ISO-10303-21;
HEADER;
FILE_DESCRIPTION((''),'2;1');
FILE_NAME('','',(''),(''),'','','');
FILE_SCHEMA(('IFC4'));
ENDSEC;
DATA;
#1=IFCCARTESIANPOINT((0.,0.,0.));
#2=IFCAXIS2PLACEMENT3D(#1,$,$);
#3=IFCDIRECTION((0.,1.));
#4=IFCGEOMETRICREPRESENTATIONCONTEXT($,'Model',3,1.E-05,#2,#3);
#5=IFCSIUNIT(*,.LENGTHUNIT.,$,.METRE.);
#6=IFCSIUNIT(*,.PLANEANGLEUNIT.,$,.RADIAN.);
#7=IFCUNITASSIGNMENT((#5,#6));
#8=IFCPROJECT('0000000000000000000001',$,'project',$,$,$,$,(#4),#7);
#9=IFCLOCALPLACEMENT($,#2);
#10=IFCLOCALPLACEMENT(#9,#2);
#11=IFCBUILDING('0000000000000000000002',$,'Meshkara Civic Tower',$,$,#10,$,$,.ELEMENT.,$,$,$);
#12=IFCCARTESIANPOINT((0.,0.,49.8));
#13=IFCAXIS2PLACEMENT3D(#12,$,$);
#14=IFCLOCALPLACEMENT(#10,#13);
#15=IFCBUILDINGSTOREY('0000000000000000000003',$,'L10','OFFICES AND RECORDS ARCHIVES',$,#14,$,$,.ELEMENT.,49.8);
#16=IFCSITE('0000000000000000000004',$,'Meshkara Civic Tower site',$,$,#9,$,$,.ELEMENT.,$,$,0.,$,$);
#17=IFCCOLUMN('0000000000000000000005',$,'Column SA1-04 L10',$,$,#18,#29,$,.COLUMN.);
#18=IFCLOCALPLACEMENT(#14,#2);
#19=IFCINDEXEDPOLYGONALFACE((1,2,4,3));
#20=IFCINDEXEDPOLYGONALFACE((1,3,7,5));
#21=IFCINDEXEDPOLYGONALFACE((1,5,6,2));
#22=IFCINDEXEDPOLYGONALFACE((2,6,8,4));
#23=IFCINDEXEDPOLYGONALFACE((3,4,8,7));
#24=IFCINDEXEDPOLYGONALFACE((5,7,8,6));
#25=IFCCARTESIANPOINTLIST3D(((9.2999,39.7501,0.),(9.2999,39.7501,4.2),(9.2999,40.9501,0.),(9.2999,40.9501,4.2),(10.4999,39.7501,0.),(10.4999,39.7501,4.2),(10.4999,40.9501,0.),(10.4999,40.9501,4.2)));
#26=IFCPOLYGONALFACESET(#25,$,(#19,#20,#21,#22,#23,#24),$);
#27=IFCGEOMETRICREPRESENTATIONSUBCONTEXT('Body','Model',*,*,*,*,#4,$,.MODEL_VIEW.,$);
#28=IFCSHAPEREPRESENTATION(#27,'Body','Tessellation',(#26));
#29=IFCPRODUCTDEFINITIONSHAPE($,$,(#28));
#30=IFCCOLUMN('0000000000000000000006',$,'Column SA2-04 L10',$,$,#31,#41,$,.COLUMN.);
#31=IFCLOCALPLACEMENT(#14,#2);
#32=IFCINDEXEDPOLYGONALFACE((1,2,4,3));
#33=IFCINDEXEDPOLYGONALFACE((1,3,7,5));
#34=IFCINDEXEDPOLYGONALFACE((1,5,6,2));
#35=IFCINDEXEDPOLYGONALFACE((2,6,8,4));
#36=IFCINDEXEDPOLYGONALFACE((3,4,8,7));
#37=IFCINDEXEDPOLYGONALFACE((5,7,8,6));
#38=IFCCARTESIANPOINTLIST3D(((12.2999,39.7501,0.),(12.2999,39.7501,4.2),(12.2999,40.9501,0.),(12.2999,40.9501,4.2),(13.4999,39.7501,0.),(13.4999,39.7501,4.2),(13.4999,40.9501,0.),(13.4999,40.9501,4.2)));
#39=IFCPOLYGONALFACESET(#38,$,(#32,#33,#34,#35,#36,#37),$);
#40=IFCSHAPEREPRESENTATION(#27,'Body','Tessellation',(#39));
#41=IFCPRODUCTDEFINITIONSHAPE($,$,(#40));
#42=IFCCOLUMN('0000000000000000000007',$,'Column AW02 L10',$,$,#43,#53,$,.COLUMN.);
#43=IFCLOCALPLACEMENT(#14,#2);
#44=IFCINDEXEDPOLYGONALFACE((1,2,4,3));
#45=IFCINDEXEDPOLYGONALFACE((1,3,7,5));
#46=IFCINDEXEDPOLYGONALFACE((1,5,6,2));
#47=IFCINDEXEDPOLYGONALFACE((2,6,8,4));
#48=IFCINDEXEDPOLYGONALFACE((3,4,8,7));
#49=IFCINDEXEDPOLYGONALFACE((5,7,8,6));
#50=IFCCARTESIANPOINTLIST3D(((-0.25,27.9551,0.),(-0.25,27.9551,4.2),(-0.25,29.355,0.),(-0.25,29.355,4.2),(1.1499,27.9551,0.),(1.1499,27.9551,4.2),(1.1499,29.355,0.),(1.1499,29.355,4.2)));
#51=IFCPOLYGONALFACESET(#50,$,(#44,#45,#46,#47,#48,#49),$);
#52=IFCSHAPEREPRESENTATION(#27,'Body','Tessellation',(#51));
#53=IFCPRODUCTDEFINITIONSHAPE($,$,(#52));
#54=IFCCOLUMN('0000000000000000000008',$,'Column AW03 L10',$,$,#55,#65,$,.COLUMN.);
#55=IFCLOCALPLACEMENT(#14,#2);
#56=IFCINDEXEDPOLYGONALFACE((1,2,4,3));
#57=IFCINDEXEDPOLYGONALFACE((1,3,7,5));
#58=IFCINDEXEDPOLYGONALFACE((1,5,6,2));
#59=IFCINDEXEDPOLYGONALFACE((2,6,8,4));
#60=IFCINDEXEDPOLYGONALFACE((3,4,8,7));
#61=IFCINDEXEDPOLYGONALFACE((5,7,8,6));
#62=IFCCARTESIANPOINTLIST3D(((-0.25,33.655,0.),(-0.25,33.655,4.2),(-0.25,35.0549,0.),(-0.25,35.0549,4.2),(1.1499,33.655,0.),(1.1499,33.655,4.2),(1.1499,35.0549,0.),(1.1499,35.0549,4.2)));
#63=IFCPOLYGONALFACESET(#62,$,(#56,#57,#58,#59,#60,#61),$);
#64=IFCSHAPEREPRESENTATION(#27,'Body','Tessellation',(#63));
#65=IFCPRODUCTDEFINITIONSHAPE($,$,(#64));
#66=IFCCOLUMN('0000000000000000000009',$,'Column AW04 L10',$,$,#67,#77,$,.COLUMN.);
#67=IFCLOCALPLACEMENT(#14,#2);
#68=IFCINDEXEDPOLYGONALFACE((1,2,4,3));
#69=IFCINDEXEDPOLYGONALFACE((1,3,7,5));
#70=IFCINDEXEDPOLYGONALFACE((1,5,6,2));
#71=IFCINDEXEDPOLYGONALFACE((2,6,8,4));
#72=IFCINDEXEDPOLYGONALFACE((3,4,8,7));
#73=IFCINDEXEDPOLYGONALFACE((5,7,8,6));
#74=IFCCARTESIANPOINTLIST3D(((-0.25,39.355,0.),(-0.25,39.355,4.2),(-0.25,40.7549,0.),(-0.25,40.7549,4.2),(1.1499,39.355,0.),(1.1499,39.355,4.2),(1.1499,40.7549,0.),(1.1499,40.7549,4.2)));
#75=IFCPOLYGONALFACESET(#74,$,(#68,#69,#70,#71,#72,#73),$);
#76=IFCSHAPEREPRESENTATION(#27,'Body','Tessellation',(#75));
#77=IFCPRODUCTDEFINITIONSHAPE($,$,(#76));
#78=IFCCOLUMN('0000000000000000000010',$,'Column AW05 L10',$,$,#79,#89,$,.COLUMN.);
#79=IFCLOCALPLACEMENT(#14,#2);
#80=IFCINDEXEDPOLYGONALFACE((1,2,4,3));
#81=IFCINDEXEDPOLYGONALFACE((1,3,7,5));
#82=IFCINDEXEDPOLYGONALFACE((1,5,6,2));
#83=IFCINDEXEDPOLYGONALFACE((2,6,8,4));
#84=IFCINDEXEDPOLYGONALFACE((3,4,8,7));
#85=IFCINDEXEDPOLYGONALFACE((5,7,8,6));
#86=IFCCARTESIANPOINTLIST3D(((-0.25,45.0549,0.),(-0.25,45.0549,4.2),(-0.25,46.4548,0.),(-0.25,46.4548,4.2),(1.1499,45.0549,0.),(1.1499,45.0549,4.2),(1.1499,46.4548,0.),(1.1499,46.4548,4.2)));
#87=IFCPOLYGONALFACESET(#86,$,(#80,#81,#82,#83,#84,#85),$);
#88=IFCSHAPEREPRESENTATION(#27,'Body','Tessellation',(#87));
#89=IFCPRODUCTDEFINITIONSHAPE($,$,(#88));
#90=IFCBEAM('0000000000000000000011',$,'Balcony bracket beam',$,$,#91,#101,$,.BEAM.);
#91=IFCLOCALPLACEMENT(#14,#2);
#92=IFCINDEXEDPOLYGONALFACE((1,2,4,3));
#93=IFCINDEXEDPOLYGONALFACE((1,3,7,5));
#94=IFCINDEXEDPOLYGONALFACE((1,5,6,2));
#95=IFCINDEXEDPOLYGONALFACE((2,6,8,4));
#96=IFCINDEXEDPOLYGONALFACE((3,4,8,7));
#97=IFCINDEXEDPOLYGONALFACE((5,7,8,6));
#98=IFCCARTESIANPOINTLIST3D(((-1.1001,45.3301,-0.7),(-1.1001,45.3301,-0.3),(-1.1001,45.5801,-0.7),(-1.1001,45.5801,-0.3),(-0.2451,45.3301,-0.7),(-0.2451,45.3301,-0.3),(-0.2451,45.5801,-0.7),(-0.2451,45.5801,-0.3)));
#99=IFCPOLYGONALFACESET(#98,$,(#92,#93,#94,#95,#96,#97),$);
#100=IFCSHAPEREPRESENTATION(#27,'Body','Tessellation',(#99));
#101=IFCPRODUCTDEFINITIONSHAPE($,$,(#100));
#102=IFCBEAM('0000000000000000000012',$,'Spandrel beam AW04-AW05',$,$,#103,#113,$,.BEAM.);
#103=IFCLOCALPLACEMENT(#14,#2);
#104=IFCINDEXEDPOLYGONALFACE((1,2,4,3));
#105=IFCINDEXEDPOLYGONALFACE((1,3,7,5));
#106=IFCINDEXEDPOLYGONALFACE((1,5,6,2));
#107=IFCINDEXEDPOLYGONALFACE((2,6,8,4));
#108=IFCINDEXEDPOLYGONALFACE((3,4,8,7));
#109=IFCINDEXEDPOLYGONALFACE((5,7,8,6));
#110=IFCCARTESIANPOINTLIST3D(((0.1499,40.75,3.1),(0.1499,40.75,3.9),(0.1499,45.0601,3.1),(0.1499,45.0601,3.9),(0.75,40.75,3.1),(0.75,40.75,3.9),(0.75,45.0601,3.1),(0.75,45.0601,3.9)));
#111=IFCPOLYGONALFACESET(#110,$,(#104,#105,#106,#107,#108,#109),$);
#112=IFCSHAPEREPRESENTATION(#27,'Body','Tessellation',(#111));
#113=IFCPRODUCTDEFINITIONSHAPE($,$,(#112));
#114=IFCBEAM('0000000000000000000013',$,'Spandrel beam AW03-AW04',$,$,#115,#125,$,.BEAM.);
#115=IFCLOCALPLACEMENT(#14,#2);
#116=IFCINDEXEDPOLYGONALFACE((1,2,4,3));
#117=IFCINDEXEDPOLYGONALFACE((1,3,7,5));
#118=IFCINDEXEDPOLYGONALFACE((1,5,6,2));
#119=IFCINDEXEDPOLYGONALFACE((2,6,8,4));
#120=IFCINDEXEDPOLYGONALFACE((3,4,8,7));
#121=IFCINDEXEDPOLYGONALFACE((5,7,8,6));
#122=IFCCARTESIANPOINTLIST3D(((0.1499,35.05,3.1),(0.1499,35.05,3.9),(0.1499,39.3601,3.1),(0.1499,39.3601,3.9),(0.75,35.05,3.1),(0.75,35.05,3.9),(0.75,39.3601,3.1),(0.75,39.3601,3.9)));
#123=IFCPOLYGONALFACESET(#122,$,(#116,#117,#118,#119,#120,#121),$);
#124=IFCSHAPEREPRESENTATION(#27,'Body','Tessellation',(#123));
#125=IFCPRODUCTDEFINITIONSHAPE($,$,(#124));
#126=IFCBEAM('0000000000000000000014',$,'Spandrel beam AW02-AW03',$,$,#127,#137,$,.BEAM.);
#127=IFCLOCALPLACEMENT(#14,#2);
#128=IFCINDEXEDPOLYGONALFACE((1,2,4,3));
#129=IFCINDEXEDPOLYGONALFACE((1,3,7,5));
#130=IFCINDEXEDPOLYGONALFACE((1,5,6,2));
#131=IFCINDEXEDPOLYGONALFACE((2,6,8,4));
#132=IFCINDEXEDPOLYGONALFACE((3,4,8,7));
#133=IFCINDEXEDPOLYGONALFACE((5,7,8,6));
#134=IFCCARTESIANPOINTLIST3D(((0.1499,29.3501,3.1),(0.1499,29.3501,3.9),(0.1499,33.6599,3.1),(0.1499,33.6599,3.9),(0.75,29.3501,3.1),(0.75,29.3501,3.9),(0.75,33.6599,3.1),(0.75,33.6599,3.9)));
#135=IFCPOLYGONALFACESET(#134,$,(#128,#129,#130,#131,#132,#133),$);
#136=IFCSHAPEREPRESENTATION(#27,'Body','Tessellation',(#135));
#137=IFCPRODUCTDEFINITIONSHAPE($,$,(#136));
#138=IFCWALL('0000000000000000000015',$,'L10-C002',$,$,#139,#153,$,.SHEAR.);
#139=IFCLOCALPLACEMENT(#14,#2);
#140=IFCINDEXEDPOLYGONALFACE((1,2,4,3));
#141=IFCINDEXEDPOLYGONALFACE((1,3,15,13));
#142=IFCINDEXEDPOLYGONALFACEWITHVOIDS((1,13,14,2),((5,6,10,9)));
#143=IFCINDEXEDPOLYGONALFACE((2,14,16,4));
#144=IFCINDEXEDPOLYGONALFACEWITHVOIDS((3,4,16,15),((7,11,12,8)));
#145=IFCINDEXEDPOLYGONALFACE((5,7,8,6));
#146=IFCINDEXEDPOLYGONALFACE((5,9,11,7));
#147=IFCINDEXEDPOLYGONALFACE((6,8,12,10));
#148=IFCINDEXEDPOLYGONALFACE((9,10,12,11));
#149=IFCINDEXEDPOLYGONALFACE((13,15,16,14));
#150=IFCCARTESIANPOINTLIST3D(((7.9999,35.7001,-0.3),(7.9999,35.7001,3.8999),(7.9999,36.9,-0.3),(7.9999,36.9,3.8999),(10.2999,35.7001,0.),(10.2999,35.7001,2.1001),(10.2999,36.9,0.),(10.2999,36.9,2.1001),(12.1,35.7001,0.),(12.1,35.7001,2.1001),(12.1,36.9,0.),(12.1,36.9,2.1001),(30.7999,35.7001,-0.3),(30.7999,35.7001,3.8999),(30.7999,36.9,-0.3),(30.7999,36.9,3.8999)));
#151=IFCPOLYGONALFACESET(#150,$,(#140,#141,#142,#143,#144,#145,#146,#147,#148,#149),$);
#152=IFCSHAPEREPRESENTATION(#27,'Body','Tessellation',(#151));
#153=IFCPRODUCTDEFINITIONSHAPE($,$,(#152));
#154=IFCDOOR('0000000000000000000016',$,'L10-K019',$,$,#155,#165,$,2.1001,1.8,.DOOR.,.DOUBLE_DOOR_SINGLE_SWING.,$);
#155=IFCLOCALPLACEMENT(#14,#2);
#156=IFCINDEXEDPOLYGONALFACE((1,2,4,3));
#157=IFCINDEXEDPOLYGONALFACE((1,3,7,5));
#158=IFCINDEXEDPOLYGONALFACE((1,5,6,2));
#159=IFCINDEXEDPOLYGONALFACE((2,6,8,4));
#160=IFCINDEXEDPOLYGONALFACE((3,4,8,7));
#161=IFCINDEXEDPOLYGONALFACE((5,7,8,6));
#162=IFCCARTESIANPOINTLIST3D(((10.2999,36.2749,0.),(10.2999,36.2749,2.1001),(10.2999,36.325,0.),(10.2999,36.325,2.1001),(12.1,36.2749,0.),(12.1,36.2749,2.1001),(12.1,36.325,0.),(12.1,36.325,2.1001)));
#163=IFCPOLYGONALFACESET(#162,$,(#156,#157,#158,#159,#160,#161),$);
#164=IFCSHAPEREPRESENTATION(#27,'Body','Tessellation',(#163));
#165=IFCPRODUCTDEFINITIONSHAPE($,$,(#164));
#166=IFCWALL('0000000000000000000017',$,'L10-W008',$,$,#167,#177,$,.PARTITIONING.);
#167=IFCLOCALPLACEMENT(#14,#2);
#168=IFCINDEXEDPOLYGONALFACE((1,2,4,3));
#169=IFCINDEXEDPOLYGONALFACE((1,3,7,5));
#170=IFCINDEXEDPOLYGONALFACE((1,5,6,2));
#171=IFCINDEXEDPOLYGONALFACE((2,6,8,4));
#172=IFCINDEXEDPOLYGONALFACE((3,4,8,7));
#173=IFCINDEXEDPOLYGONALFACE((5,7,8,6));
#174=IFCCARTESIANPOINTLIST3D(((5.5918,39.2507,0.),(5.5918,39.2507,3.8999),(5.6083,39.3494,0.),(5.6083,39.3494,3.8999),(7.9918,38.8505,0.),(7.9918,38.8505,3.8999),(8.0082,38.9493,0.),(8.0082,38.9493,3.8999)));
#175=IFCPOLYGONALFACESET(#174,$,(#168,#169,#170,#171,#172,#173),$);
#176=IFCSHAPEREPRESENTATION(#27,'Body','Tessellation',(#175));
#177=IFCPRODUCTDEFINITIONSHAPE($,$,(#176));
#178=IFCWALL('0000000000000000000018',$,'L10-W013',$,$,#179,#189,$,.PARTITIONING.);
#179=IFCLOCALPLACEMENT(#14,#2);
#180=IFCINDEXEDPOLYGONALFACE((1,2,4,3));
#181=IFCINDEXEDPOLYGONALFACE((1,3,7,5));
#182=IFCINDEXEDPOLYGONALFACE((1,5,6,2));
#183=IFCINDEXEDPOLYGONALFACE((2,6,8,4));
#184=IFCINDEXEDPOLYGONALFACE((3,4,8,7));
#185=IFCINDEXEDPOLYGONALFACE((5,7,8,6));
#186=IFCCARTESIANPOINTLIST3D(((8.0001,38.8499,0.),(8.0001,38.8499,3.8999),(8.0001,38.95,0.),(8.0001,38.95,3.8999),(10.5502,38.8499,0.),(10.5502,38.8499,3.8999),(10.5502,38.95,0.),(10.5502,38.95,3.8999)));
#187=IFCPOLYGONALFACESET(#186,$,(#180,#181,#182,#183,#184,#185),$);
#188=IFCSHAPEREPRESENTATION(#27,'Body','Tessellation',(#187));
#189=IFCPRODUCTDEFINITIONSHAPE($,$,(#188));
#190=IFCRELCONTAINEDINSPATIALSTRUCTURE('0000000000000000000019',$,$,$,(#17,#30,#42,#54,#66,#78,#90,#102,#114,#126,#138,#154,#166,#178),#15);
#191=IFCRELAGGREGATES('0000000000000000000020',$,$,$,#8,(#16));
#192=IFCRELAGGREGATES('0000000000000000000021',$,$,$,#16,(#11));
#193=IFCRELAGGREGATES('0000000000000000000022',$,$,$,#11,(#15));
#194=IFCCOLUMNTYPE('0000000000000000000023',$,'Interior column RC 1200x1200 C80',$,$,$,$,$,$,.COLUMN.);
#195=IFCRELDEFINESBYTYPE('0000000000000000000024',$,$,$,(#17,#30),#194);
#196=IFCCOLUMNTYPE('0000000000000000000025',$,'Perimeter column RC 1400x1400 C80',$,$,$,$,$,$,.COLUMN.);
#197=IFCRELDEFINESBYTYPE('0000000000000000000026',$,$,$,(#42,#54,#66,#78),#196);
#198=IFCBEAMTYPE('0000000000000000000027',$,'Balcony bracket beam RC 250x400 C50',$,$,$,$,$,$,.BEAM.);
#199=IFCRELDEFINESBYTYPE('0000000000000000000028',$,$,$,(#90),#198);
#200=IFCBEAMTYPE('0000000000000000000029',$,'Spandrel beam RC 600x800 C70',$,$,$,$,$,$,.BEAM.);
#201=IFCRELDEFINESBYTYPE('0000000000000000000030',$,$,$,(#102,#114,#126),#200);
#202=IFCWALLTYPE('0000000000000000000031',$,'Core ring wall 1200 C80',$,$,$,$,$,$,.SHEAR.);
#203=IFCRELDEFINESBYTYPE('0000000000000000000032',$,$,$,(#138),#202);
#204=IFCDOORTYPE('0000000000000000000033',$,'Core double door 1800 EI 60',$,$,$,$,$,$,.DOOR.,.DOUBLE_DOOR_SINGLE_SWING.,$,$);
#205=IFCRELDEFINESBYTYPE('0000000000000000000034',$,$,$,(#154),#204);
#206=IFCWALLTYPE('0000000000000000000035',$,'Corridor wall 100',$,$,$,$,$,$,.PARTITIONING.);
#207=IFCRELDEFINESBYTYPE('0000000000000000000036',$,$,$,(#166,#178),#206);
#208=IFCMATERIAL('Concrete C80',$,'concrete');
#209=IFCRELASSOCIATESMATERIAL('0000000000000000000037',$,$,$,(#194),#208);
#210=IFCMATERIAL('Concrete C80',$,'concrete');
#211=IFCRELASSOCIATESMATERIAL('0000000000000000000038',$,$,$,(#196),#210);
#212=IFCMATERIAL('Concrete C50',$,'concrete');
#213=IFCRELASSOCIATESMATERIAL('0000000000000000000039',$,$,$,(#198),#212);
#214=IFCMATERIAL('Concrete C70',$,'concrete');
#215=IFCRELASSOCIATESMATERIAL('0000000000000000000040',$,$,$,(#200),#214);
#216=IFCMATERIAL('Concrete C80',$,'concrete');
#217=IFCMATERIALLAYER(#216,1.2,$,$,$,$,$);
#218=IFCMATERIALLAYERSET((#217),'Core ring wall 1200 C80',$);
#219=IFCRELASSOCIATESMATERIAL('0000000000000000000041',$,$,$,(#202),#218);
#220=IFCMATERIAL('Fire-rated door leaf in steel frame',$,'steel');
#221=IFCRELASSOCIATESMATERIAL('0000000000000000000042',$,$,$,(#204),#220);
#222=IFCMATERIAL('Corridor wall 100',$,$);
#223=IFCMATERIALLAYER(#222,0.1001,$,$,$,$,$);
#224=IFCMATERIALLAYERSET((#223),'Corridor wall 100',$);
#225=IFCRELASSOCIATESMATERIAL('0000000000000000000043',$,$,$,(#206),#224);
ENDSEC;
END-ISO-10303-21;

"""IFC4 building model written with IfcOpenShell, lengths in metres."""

from ifc_helpers import new_model, si_unit, direction, frame, frame_2d, origin, origin_2d, place, context, subcontext, project, spatial, rectangle, extrude, material, layer, layer_set, material_profile, profile_set, type_object, element, fill, save


model = new_model("IFC4")

# Units and contexts
model_context = context("Model", 3, precision=1e-05, world=origin(), true_north=direction((0.0, 1.0)))
body_context = subcontext(model_context, "Body", "Model", "MODEL_VIEW")
ifc_project = project(units=[si_unit("LENGTHUNIT", "METRE"), si_unit("PLANEANGLEUNIT", "RADIAN")], contexts=[model_context])

# Site, building, storey
site_placement = place(None, origin())
site = spatial("IfcSite", under=ifc_project, at=site_placement, Name="Meshkara Civic Tower site", CompositionType="ELEMENT", RefElevation=0.0)
building_placement = place(site_placement, origin())
building = spatial("IfcBuilding", under=site, at=building_placement, Name="Meshkara Civic Tower", CompositionType="ELEMENT")
storey_placement = place(building_placement, frame((0.0, 0.0, 49.8)))
storey = spatial("IfcBuildingStorey", under=building, at=storey_placement, Name="L10", Description="OFFICES AND RECORDS ARCHIVES", CompositionType="ELEMENT", Elevation=49.8)

# Columns
ifc_material_1 = material(Name="Concrete C80", Category="concrete")
ifc_material_profile_1 = material_profile(ifc_material_1, rectangle(XDim=1.2, YDim=1.2, at=origin_2d()))
ifc_profile_set_1 = profile_set([ifc_material_profile_1], Name="Concrete C80")
column_type_1 = type_object("IfcColumnType", Name="Interior column RC 1200x1200 C80", PredefinedType="COLUMN", material=ifc_profile_set_1)
for number, where, z_axis, x_axis, name in (
    (1, (9.8999, 40.3501, 0.0), (0.0, 0.0, 1.0), (1.0, 0.0, 0.0), "Column SA1-04 L10"),
    (2, (12.8999, 40.3501, 0.0), (0.0, 0.0, 1.0), (1.0, 0.0, 0.0), "Column SA2-04 L10"),
):
    element("IfcColumn", number, at=place(storey_placement, frame(where, z_axis=z_axis, x_axis=x_axis)), inside=storey, type_object=column_type_1, Name=name, PredefinedType="COLUMN", context=body_context, shape_type="SweptSolid", body=[
        extrude(rectangle(XDim=1.2, YDim=1.2, at=origin_2d()), origin(), (0.0, 0.0, 1.0), 4.2),
    ])
ifc_material_2 = material(Name="Concrete C80", Category="concrete")
ifc_material_profile_2 = material_profile(ifc_material_2, rectangle(XDim=1.3999, YDim=1.3999, at=origin_2d()))
ifc_profile_set_2 = profile_set([ifc_material_profile_2], Name="Concrete C80")
column_type_2 = type_object("IfcColumnType", Name="Perimeter column RC 1400x1400 C80", PredefinedType="COLUMN", material=ifc_profile_set_2)
for number, where, z_axis, x_axis, name in (
    (3, (0.45, 28.655, 0.0), (0.0, 0.0, 1.0), (1.0, 0.0, 0.0), "Column AW02 L10"),
    (4, (0.45, 34.355, 0.0), (0.0, 0.0, 1.0), (1.0, 0.0, 0.0), "Column AW03 L10"),
    (5, (0.45, 40.0549, 0.0), (0.0, 0.0, 1.0), (1.0, 0.0, 0.0), "Column AW04 L10"),
    (6, (0.45, 45.7549, 0.0), (0.0, 0.0, 1.0), (1.0, 0.0, 0.0), "Column AW05 L10"),
):
    element("IfcColumn", number, at=place(storey_placement, frame(where, z_axis=z_axis, x_axis=x_axis)), inside=storey, type_object=column_type_2, Name=name, PredefinedType="COLUMN", context=body_context, shape_type="SweptSolid", body=[
        extrude(rectangle(XDim=1.3999, YDim=1.3999, at=origin_2d()), origin(), (0.0, 0.0, 1.0), 4.2),
    ])

# Beams
ifc_material_3 = material(Name="Concrete C50", Category="concrete")
ifc_material_profile_3 = material_profile(ifc_material_3, rectangle(XDim=0.25, YDim=0.3999, at=origin_2d()))
ifc_profile_set_3 = profile_set([ifc_material_profile_3], Name="Concrete C50")
beam_type_1 = type_object("IfcBeamType", Name="Balcony bracket beam RC 250x400 C50", PredefinedType="BEAM", material=ifc_profile_set_3)
beam_1_placement = place(storey_placement, frame((-0.2451, 45.4551, -0.5), z_axis=(-1.0, 0.0, 0.0), x_axis=(0.0, -1.0, 0.0)))
element("IfcBeam", 7, at=beam_1_placement, inside=storey, type_object=beam_type_1, Name="Balcony bracket beam", PredefinedType="BEAM", context=body_context, shape_type="SweptSolid", body=[
    extrude(rectangle(XDim=0.25, YDim=0.3999, at=origin_2d()), origin(), (0.0, 0.0, 1.0), 0.855),
])
ifc_material_4 = material(Name="Concrete C70", Category="concrete")
ifc_material_profile_4 = material_profile(ifc_material_4, rectangle(XDim=0.6001, YDim=0.8, at=origin_2d()))
ifc_profile_set_4 = profile_set([ifc_material_profile_4], Name="Concrete C70")
beam_type_2 = type_object("IfcBeamType", Name="Spandrel beam RC 600x800 C70", PredefinedType="BEAM", material=ifc_profile_set_4)
for number, where, z_axis, x_axis, name in (
    (8, (0.45, 45.0601, 3.5), (0.0, -1.0, 0.0), (1.0, 0.0, 0.0), "Spandrel beam AW04-AW05"),
    (9, (0.45, 39.3601, 3.5), (0.0, -1.0, 0.0), (1.0, 0.0, 0.0), "Spandrel beam AW03-AW04"),
):
    element("IfcBeam", number, at=place(storey_placement, frame(where, z_axis=z_axis, x_axis=x_axis)), inside=storey, type_object=beam_type_2, Name=name, PredefinedType="BEAM", context=body_context, shape_type="SweptSolid", body=[
        extrude(rectangle(XDim=0.6001, YDim=0.8, at=origin_2d()), origin(), (0.0, 0.0, 1.0), 4.3101),
    ])
beam_2_placement = place(storey_placement, frame((0.45, 33.6599, 3.5), z_axis=(0.0, -1.0, 0.0), x_axis=(1.0, 0.0, 0.0)))
element("IfcBeam", 10, at=beam_2_placement, inside=storey, type_object=beam_type_2, Name="Spandrel beam AW02-AW03", PredefinedType="BEAM", context=body_context, shape_type="SweptSolid", body=[
    extrude(rectangle(XDim=0.6001, YDim=0.8, at=origin_2d()), origin(), (0.0, 0.0, 1.0), 4.3098),
])

# Wall, opening, door
ifc_material_5 = material(Name="Concrete C80", Category="concrete")
ifc_layer_1 = layer(ifc_material_5, 1.2)
ifc_layer_set_1 = layer_set([ifc_layer_1], Name="Core ring wall 1200 C80")
wall_type_1 = type_object("IfcWallType", Name="Core ring wall 1200 C80", PredefinedType="SHEAR", material=ifc_layer_set_1)
wall_1_placement = place(storey_placement, frame((8.0, 36.3, -0.3), z_axis=(0.0, 0.0, 1.0), x_axis=(1.0, 0.0, 0.0)))
wall_1 = element("IfcWall", 11, at=wall_1_placement, inside=storey, type_object=wall_type_1, Name="L10-C002", PredefinedType="SHEAR", context=body_context, shape_type="SweptSolid", body=[
    extrude(rectangle(XDim=22.8, YDim=1.2, at=frame_2d((11.3999, 0.0))), origin(), (0.0, 0.0, 1.0), 4.2),
])
opening_1_placement = place(wall_1_placement, frame((2.3, 0.0, 0.3)))
opening_1 = element("IfcOpeningElement", 12, at=opening_1_placement, cuts=wall_1, PredefinedType="OPENING", context=body_context, shape_type="SweptSolid", body=[
    extrude(rectangle(XDim=1.8, YDim=2.1001, at=frame_2d((0.8999, 1.05))), frame((0.0, 0.6099, 0.0), z_axis=(0.0, -1.0, 0.0), x_axis=(1.0, 0.0, 0.0)), (0.0, 0.0, 1.0), 1.22),
])
ifc_material_6 = material(Name="Fire-rated door leaf in steel frame", Category="steel")
door_type_1 = type_object("IfcDoorType", Name="Core double door 1800 EI 60", OperationType="DOUBLE_DOOR_SINGLE_SWING", PredefinedType="DOOR", material=ifc_material_6)
door_1_placement = place(opening_1_placement, origin())
door_1 = element("IfcDoor", 13, at=door_1_placement, inside=storey, type_object=door_type_1, Name="L10-K019", OperationType="DOUBLE_DOOR_SINGLE_SWING", OverallHeight=2.1001, OverallWidth=1.8, PredefinedType="DOOR", context=body_context, shape_type="SweptSolid", body=[
    extrude(rectangle(XDim=1.8, YDim=2.1001, at=frame_2d((0.8999, 1.05))), frame((0.0, 0.0249, 0.0), z_axis=(0.0, -1.0, 0.0), x_axis=(1.0, 0.0, 0.0)), (0.0, 0.0, 1.0), 0.05),
])
fill(opening_1, door_1)

# Walls
ifc_material_7 = material(Name="Corridor wall 100")
ifc_layer_2 = layer(ifc_material_7, 0.1001)
ifc_layer_set_2 = layer_set([ifc_layer_2], Name="Corridor wall 100")
wall_type_2 = type_object("IfcWallType", Name="Corridor wall 100", PredefinedType="PARTITIONING", material=ifc_layer_set_2)
wall_2_placement = place(storey_placement, frame((8.0, 38.8999, 0.0), z_axis=(0.0, 0.0, 1.0), x_axis=(-0.986383, 0.164464, 0.0)))
element("IfcWall", 14, at=wall_2_placement, inside=storey, type_object=wall_type_2, Name="L10-W008", PredefinedType="PARTITIONING", context=body_context, shape_type="SweptSolid", body=[
    extrude(rectangle(XDim=2.4331, YDim=0.1001, at=frame_2d((1.2166, 0.0))), origin(), (0.0, 0.0, 1.0), 3.8999),
])
wall_3_placement = place(storey_placement, frame((10.55, 38.8999, 0.0), z_axis=(0.0, 0.0, 1.0), x_axis=(-1.0, 0.0, 0.0)))
element("IfcWall", 15, at=wall_3_placement, inside=storey, type_object=wall_type_2, Name="L10-W013", PredefinedType="PARTITIONING", context=body_context, shape_type="SweptSolid", body=[
    extrude(rectangle(XDim=2.55, YDim=0.1001, at=frame_2d((1.2749, 0.0))), origin(), (0.0, 0.0, 1.0), 3.8999),
])

save(model, "model.ifc")
